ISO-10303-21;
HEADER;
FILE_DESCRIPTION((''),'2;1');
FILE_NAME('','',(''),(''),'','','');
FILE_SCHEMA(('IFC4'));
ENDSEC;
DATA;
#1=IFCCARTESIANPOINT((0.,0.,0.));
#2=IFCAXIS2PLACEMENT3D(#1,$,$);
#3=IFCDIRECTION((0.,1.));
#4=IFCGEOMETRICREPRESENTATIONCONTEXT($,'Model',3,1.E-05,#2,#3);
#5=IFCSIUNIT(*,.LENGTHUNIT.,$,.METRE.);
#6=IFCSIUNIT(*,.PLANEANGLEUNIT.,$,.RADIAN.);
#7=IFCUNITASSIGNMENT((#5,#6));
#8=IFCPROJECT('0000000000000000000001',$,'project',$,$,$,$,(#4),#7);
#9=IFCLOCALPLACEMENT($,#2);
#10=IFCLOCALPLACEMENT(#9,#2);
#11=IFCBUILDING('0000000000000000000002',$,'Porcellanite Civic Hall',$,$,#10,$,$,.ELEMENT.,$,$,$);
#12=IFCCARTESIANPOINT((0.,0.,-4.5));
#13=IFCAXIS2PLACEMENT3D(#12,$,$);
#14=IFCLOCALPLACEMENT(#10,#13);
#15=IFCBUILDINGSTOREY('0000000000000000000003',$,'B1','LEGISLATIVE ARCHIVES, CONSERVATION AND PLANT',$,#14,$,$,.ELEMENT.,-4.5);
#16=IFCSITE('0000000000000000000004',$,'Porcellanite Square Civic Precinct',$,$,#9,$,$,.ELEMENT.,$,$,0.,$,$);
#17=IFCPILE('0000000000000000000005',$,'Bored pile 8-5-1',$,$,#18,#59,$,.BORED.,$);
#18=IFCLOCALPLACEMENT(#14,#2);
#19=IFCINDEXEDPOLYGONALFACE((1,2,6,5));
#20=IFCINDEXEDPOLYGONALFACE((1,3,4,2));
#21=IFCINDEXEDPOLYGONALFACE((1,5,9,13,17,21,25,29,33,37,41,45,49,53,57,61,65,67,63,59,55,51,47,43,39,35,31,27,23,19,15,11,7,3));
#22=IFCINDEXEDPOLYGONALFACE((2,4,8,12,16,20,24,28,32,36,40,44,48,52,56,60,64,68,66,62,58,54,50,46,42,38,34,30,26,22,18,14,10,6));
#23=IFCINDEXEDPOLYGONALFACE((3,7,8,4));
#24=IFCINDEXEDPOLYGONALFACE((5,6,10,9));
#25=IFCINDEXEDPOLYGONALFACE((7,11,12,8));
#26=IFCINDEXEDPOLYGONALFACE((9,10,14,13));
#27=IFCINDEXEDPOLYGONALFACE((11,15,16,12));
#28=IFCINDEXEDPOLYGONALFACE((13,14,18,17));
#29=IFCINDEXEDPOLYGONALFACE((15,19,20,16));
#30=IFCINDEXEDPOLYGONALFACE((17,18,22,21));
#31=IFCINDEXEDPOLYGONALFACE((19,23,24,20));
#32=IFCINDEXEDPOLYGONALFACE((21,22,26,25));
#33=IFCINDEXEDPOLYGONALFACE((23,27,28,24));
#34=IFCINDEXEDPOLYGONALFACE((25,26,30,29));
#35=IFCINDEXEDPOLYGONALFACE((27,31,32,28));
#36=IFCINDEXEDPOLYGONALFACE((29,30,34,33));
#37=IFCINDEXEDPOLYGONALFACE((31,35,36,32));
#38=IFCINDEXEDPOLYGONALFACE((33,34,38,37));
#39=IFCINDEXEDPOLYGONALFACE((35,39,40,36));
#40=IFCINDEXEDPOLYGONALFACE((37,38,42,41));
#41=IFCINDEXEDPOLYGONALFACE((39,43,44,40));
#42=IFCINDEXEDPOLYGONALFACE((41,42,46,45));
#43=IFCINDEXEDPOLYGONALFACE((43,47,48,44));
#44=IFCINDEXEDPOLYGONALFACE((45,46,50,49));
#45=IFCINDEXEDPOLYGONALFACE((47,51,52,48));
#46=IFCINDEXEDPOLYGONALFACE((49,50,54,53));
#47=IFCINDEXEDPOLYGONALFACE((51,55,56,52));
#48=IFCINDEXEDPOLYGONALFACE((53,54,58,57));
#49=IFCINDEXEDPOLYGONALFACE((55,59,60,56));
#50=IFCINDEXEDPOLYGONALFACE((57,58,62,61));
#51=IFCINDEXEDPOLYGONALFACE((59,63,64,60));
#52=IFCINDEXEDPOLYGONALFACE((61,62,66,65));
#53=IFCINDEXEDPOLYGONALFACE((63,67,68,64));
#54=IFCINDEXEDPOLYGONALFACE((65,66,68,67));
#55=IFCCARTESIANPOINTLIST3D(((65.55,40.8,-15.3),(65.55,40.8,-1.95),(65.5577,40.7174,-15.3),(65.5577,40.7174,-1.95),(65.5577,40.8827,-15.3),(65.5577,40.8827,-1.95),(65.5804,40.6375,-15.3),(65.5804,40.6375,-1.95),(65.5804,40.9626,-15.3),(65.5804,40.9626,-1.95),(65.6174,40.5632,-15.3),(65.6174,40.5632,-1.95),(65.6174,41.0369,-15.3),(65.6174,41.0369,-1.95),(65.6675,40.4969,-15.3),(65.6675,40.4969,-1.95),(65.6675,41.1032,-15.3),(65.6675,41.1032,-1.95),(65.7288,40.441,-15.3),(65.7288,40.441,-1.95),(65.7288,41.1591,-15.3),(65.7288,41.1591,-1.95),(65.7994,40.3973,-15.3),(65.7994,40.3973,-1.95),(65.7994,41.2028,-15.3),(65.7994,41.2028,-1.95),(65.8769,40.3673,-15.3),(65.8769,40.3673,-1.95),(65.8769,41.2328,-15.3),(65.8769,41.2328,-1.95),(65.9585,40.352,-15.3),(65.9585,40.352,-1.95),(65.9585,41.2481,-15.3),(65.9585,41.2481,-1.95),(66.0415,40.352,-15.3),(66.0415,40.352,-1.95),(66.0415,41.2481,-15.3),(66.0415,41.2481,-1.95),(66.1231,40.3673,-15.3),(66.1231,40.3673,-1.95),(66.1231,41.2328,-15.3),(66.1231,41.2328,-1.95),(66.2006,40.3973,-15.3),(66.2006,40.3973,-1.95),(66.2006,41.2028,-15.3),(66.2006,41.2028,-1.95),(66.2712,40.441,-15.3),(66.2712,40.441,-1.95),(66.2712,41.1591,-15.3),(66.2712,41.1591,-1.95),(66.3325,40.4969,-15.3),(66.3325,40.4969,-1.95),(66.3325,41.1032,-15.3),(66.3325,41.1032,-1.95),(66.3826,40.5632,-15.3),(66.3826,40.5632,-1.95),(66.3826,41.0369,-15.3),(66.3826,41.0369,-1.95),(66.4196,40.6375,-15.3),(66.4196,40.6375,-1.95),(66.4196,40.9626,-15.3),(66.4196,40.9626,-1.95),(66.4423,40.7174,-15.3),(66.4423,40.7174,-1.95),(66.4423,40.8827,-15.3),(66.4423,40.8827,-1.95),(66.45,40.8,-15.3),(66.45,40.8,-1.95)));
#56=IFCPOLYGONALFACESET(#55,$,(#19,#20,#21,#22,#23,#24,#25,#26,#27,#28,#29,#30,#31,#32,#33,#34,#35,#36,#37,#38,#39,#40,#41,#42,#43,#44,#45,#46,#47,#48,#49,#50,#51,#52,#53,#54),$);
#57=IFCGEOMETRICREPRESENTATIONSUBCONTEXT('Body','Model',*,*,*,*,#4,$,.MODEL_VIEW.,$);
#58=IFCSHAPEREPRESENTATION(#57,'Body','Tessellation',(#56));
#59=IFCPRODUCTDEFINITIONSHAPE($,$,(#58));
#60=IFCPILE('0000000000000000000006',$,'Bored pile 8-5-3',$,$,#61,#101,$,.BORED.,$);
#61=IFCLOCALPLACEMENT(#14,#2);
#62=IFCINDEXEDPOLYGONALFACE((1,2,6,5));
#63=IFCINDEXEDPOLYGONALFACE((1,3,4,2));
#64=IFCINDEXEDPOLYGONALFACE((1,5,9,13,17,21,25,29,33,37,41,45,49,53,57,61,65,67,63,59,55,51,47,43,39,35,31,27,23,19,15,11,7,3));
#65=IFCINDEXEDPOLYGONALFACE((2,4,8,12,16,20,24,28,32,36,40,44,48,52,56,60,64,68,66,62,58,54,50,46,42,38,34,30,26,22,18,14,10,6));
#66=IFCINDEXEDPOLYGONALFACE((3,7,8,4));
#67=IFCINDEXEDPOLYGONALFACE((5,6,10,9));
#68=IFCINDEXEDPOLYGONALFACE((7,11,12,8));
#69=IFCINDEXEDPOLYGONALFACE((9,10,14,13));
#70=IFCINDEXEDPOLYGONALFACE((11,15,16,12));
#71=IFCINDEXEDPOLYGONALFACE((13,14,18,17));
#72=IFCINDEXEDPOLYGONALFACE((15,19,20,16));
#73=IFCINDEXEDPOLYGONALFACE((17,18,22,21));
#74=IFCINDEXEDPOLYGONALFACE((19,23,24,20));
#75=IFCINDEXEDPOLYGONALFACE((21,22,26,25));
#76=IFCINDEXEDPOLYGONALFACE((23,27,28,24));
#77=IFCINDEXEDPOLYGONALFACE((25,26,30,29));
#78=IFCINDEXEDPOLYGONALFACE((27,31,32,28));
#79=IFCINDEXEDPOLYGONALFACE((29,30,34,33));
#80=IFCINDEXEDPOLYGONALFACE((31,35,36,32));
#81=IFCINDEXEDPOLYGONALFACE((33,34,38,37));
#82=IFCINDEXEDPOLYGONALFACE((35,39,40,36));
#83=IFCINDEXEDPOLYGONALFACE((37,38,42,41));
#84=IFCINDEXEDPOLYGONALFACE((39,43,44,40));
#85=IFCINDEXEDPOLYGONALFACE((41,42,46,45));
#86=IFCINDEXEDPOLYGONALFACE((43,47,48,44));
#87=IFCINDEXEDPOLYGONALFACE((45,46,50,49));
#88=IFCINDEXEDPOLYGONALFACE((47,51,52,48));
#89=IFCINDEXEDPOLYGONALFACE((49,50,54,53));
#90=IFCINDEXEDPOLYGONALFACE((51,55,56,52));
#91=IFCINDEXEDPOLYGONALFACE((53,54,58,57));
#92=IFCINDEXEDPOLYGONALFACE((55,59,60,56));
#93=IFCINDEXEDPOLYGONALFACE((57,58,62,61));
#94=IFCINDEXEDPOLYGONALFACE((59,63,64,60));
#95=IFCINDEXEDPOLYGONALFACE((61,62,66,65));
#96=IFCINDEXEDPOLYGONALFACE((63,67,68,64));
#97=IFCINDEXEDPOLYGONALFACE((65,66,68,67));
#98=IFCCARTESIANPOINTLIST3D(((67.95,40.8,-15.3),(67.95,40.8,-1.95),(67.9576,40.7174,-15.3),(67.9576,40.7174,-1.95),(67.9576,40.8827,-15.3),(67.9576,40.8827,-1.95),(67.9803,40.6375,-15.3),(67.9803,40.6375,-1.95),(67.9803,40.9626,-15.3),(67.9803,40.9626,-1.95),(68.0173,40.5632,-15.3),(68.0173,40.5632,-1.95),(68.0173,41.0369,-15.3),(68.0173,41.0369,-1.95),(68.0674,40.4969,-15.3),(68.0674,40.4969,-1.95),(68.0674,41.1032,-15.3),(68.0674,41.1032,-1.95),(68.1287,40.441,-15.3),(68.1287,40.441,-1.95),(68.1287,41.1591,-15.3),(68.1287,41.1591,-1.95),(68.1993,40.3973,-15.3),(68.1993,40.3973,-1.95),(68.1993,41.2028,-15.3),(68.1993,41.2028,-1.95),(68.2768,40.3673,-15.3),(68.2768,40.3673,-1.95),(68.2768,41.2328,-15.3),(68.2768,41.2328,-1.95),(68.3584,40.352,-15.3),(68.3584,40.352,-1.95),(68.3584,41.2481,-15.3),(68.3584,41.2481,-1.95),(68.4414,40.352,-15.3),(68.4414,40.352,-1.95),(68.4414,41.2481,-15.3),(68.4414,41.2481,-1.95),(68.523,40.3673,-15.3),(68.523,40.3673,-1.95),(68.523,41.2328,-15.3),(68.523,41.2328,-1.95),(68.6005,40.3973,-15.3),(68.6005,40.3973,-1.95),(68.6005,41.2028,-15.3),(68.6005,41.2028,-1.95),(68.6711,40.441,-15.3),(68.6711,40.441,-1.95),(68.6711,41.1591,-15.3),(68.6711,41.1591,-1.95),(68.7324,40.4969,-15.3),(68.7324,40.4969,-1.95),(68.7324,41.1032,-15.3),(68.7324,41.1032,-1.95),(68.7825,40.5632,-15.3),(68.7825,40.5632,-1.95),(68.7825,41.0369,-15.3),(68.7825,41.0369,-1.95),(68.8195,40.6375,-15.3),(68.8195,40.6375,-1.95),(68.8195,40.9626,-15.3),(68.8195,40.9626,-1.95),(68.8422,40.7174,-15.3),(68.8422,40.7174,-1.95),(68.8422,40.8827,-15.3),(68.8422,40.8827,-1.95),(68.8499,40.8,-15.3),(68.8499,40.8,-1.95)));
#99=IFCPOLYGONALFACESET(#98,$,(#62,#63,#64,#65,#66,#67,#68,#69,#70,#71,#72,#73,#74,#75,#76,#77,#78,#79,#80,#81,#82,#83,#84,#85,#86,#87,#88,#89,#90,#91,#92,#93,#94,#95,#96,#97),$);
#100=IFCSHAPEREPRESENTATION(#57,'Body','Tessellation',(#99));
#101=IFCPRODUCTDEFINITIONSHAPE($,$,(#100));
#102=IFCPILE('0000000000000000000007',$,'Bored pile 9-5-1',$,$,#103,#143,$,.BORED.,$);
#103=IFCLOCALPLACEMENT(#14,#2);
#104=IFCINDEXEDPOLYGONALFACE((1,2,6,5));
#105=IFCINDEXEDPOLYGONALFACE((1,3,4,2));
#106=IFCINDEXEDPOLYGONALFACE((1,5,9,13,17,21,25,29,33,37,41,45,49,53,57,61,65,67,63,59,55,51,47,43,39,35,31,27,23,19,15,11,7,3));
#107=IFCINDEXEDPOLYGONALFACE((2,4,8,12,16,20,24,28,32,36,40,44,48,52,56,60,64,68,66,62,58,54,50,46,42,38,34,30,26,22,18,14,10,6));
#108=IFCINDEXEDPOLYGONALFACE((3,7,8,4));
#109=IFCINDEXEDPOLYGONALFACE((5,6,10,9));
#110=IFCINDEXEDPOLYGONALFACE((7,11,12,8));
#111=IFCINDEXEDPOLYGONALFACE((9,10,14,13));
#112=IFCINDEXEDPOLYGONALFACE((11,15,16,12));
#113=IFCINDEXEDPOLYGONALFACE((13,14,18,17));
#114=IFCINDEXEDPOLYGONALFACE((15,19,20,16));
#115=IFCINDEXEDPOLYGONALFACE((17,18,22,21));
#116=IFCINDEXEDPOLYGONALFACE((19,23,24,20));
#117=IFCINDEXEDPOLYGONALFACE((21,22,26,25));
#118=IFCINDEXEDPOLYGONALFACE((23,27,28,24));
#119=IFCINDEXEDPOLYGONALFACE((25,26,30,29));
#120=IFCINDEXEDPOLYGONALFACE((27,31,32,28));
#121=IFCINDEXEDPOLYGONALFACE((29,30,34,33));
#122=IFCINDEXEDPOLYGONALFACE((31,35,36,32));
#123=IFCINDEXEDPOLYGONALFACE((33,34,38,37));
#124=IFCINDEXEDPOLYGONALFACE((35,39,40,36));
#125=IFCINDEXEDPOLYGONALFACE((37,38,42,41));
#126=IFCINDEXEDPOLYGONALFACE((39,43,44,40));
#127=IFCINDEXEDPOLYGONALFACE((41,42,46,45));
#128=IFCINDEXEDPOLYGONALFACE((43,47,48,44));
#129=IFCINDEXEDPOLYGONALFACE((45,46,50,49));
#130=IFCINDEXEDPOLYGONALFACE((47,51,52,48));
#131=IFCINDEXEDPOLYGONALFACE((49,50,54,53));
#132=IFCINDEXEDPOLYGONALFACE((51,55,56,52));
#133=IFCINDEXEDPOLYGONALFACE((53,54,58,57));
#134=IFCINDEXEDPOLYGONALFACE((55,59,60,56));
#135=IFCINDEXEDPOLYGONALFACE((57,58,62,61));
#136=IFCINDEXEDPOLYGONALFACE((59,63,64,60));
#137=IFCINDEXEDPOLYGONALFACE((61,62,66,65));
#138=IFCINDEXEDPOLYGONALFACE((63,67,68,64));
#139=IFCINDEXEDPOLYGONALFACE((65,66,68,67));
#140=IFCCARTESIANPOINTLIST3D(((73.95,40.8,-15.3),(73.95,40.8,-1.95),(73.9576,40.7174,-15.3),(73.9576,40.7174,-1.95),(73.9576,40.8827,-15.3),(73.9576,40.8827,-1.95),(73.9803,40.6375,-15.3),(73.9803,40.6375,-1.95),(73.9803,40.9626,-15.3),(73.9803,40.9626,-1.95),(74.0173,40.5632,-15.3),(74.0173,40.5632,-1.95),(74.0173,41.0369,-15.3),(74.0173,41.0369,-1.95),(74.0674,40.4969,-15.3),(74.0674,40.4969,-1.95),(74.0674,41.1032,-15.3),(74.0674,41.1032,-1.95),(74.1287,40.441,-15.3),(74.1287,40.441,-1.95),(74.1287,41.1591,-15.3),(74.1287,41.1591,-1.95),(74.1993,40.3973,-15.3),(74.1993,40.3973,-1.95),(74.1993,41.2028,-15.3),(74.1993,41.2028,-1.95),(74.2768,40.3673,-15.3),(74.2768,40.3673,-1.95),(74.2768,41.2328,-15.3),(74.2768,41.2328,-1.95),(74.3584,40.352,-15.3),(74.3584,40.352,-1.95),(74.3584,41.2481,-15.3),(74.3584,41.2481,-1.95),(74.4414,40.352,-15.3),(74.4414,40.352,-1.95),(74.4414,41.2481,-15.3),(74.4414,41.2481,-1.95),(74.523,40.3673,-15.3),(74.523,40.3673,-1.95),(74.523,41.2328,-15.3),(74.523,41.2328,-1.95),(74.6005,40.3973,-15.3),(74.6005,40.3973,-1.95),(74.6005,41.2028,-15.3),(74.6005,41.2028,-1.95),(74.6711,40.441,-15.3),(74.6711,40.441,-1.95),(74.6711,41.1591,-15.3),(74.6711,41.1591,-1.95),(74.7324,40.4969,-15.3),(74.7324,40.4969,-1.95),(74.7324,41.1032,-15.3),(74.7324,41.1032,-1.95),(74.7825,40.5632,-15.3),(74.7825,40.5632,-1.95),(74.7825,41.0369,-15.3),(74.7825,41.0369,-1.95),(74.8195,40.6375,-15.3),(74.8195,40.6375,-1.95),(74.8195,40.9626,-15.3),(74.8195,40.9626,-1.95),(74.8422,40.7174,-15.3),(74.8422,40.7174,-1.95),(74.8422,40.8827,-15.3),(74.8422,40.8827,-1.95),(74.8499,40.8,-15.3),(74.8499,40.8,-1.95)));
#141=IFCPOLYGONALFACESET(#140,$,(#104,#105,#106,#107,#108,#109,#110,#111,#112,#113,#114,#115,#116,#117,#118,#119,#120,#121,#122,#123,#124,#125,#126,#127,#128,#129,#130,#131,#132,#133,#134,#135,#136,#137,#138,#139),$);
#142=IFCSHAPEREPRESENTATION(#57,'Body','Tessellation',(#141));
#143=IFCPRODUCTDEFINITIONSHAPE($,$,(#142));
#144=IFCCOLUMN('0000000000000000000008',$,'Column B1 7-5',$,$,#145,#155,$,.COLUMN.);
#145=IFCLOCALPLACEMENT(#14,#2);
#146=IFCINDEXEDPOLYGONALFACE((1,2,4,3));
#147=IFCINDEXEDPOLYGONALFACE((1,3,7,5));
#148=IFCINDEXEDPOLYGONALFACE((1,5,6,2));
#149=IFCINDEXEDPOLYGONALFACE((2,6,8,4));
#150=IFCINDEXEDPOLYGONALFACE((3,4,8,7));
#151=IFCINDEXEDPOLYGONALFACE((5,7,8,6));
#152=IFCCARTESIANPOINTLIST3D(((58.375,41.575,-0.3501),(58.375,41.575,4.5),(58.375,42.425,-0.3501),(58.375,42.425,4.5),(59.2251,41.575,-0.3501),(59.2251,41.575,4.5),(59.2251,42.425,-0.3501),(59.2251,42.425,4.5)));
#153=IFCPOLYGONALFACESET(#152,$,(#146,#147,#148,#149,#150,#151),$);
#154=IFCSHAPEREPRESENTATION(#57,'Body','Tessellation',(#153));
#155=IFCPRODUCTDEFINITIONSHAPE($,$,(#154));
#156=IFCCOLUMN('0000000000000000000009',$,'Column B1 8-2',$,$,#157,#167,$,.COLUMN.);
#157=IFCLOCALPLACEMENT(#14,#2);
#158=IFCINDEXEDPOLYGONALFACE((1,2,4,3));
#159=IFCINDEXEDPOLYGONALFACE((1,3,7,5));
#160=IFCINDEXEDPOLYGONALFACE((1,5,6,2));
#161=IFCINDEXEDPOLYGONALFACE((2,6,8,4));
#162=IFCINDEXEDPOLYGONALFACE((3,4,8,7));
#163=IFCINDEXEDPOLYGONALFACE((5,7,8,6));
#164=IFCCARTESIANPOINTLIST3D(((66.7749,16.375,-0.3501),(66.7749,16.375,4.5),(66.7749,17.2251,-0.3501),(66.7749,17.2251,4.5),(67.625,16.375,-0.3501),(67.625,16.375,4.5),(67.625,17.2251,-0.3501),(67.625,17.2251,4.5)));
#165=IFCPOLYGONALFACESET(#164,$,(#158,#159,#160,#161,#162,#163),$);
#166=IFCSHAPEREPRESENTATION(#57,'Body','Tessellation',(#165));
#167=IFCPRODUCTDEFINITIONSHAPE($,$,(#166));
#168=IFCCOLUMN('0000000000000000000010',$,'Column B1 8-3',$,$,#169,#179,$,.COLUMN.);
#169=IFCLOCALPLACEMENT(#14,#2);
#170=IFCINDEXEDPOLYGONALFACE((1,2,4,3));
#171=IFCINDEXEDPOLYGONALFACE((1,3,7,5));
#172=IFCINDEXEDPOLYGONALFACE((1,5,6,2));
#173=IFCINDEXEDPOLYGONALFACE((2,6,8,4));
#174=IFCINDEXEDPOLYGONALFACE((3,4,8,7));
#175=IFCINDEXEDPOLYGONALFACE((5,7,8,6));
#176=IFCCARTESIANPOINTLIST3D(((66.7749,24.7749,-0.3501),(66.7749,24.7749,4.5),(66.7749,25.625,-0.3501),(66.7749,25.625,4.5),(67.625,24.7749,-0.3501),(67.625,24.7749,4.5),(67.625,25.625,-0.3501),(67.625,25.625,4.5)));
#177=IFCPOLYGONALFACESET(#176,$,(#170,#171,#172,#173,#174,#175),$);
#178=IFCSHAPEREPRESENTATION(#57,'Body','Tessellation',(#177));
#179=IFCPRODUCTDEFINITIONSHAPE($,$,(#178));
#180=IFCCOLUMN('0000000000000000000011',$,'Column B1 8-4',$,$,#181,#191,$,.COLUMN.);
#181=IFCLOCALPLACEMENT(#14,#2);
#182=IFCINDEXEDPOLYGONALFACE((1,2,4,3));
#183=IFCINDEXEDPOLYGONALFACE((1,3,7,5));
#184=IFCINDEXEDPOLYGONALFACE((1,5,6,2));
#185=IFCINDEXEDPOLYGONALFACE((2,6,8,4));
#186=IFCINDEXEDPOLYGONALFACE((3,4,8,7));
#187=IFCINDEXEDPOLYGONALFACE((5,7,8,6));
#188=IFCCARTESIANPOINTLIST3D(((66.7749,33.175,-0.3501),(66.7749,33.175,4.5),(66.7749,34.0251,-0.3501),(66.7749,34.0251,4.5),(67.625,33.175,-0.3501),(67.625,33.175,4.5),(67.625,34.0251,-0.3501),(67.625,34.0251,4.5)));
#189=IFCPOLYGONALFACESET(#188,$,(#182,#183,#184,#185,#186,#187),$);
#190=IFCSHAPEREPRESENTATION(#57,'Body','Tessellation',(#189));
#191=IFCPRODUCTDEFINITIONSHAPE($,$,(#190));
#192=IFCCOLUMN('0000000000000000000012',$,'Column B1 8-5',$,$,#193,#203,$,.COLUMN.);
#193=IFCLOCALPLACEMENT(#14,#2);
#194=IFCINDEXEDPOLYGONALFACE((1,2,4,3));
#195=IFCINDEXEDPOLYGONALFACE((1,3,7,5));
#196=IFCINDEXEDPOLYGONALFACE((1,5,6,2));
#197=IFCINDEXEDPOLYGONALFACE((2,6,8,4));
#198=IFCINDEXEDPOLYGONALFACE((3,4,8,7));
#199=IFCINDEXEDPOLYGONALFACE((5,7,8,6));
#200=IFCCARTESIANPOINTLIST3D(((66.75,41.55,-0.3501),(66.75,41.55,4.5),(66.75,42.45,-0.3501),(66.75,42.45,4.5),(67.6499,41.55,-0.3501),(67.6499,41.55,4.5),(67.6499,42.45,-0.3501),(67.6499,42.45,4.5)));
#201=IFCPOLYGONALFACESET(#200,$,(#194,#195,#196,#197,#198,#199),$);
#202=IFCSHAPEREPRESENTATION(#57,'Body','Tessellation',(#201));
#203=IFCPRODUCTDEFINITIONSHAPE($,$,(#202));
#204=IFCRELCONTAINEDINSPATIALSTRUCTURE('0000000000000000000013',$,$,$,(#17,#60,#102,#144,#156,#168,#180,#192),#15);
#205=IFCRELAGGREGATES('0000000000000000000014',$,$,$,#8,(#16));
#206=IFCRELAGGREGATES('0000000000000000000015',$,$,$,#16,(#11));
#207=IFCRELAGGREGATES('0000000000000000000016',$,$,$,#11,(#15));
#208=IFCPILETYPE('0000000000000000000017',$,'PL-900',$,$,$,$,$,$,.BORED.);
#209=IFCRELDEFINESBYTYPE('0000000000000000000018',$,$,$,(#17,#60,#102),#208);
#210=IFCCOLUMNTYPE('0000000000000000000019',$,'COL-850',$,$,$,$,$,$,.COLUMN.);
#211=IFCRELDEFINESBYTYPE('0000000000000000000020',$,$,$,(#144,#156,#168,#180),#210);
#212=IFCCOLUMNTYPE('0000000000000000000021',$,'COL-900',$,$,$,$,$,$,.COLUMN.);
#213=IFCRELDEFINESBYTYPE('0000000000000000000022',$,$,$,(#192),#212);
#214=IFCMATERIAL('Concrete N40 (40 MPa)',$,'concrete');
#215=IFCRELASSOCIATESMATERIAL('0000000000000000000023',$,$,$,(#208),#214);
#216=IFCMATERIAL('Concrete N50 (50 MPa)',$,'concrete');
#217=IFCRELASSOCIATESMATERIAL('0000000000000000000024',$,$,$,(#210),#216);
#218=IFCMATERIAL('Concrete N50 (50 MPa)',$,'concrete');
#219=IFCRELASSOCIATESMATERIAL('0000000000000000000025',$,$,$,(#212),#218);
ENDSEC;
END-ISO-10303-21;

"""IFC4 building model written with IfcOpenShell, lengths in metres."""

from ifc_helpers import new_model, si_unit, direction, frame, origin, origin_2d, place, context, subcontext, project, spatial, rectangle, circle, extrude, material, material_profile, profile_set, type_object, element, save


model = new_model("IFC4")

# Units and contexts
model_context = context("Model", 3, precision=1e-05, world=origin(), true_north=direction((0.0, 1.0)))
body_context = subcontext(model_context, "Body", "Model", "MODEL_VIEW")
ifc_project = project(units=[si_unit("LENGTHUNIT", "METRE"), si_unit("PLANEANGLEUNIT", "RADIAN")], contexts=[model_context])

# Site, building, storey
site_placement = place(None, origin())
site = spatial("IfcSite", under=ifc_project, at=site_placement, Name="Porcellanite Square Civic Precinct", CompositionType="ELEMENT", RefElevation=0.0)
building_placement = place(site_placement, origin())
building = spatial("IfcBuilding", under=site, at=building_placement, Name="Porcellanite Civic Hall", CompositionType="ELEMENT")
storey_placement = place(building_placement, frame((0.0, 0.0, -4.5)))
storey = spatial("IfcBuildingStorey", under=building, at=storey_placement, Name="B1", Description="LEGISLATIVE ARCHIVES, CONSERVATION AND PLANT", CompositionType="ELEMENT", Elevation=-4.5)

# Piles
ifc_material_1 = material(Name="Concrete N40 (40 MPa)", Category="concrete")
ifc_material_profile_1 = material_profile(ifc_material_1, circle(Radius=0.45, at=origin_2d()), Name="PILE-D900")
ifc_profile_set_1 = profile_set([ifc_material_profile_1], Name="Concrete N40 (40 MPa)")
pile_type_1 = type_object("IfcPileType", Name="PL-900", PredefinedType="BORED", material=ifc_profile_set_1)
for number, where, z_axis, x_axis, name in (
    (1, (66.0, 40.8, -1.95), (0.0, 0.0, -1.0), (1.0, 0.0, 0.0), "Bored pile 8-5-1"),
    (2, (68.3999, 40.8, -1.95), (0.0, 0.0, -1.0), (1.0, 0.0, 0.0), "Bored pile 8-5-3"),
    (3, (74.3999, 40.8, -1.95), (0.0, 0.0, -1.0), (1.0, 0.0, 0.0), "Bored pile 9-5-1"),
):
    element("IfcPile", number, at=place(storey_placement, frame(where, z_axis=z_axis, x_axis=x_axis)), inside=storey, type_object=pile_type_1, Name=name, PredefinedType="BORED", context=body_context, shape_type="SweptSolid", body=[
        extrude(circle(Radius=0.45, at=origin_2d()), origin(), (0.0, 0.0, 1.0), 13.3501),
    ])

# Columns
ifc_material_2 = material(Name="Concrete N50 (50 MPa)", Category="concrete")
ifc_material_profile_2 = material_profile(ifc_material_2, rectangle(XDim=0.8501, YDim=0.8501, at=origin_2d()), Name="RC-850x850")
ifc_profile_set_2 = profile_set([ifc_material_profile_2], Name="Concrete N50 (50 MPa)")
column_type_1 = type_object("IfcColumnType", Name="COL-850", PredefinedType="COLUMN", material=ifc_profile_set_2)
for number, where, z_axis, x_axis, name in (
    (4, (58.8, 42.0, -0.3501), (0.0, 0.0, 1.0), (1.0, 0.0, 0.0), "Column B1 7-5"),
    (5, (67.2, 16.8, -0.3501), (0.0, 0.0, 1.0), (1.0, 0.0, 0.0), "Column B1 8-2"),
    (6, (67.2, 25.2, -0.3501), (0.0, 0.0, 1.0), (1.0, 0.0, 0.0), "Column B1 8-3"),
    (7, (67.2, 33.6001, -0.3501), (0.0, 0.0, 1.0), (1.0, 0.0, 0.0), "Column B1 8-4"),
):
    element("IfcColumn", number, at=place(storey_placement, frame(where, z_axis=z_axis, x_axis=x_axis)), inside=storey, type_object=column_type_1, Name=name, PredefinedType="COLUMN", context=body_context, shape_type="SweptSolid", body=[
        extrude(rectangle(XDim=0.8501, YDim=0.8501, at=origin_2d()), origin(), (0.0, 0.0, 1.0), 4.8501),
    ])
ifc_material_3 = material(Name="Concrete N50 (50 MPa)", Category="concrete")
ifc_material_profile_3 = material_profile(ifc_material_3, rectangle(XDim=0.8999, YDim=0.8999, at=origin_2d()), Name="RC-900x900")
ifc_profile_set_3 = profile_set([ifc_material_profile_3], Name="Concrete N50 (50 MPa)")
column_type_2 = type_object("IfcColumnType", Name="COL-900", PredefinedType="COLUMN", material=ifc_profile_set_3)
column_placement = place(storey_placement, frame((67.2, 42.0, -0.3501), z_axis=(0.0, 0.0, 1.0), x_axis=(1.0, 0.0, 0.0)))
element("IfcColumn", 8, at=column_placement, inside=storey, type_object=column_type_2, Name="Column B1 8-5", PredefinedType="COLUMN", context=body_context, shape_type="SweptSolid", body=[
    extrude(rectangle(XDim=0.8999, YDim=0.8999, at=origin_2d()), origin(), (0.0, 0.0, 1.0), 4.8501),
])

save(model, "model.ifc")
